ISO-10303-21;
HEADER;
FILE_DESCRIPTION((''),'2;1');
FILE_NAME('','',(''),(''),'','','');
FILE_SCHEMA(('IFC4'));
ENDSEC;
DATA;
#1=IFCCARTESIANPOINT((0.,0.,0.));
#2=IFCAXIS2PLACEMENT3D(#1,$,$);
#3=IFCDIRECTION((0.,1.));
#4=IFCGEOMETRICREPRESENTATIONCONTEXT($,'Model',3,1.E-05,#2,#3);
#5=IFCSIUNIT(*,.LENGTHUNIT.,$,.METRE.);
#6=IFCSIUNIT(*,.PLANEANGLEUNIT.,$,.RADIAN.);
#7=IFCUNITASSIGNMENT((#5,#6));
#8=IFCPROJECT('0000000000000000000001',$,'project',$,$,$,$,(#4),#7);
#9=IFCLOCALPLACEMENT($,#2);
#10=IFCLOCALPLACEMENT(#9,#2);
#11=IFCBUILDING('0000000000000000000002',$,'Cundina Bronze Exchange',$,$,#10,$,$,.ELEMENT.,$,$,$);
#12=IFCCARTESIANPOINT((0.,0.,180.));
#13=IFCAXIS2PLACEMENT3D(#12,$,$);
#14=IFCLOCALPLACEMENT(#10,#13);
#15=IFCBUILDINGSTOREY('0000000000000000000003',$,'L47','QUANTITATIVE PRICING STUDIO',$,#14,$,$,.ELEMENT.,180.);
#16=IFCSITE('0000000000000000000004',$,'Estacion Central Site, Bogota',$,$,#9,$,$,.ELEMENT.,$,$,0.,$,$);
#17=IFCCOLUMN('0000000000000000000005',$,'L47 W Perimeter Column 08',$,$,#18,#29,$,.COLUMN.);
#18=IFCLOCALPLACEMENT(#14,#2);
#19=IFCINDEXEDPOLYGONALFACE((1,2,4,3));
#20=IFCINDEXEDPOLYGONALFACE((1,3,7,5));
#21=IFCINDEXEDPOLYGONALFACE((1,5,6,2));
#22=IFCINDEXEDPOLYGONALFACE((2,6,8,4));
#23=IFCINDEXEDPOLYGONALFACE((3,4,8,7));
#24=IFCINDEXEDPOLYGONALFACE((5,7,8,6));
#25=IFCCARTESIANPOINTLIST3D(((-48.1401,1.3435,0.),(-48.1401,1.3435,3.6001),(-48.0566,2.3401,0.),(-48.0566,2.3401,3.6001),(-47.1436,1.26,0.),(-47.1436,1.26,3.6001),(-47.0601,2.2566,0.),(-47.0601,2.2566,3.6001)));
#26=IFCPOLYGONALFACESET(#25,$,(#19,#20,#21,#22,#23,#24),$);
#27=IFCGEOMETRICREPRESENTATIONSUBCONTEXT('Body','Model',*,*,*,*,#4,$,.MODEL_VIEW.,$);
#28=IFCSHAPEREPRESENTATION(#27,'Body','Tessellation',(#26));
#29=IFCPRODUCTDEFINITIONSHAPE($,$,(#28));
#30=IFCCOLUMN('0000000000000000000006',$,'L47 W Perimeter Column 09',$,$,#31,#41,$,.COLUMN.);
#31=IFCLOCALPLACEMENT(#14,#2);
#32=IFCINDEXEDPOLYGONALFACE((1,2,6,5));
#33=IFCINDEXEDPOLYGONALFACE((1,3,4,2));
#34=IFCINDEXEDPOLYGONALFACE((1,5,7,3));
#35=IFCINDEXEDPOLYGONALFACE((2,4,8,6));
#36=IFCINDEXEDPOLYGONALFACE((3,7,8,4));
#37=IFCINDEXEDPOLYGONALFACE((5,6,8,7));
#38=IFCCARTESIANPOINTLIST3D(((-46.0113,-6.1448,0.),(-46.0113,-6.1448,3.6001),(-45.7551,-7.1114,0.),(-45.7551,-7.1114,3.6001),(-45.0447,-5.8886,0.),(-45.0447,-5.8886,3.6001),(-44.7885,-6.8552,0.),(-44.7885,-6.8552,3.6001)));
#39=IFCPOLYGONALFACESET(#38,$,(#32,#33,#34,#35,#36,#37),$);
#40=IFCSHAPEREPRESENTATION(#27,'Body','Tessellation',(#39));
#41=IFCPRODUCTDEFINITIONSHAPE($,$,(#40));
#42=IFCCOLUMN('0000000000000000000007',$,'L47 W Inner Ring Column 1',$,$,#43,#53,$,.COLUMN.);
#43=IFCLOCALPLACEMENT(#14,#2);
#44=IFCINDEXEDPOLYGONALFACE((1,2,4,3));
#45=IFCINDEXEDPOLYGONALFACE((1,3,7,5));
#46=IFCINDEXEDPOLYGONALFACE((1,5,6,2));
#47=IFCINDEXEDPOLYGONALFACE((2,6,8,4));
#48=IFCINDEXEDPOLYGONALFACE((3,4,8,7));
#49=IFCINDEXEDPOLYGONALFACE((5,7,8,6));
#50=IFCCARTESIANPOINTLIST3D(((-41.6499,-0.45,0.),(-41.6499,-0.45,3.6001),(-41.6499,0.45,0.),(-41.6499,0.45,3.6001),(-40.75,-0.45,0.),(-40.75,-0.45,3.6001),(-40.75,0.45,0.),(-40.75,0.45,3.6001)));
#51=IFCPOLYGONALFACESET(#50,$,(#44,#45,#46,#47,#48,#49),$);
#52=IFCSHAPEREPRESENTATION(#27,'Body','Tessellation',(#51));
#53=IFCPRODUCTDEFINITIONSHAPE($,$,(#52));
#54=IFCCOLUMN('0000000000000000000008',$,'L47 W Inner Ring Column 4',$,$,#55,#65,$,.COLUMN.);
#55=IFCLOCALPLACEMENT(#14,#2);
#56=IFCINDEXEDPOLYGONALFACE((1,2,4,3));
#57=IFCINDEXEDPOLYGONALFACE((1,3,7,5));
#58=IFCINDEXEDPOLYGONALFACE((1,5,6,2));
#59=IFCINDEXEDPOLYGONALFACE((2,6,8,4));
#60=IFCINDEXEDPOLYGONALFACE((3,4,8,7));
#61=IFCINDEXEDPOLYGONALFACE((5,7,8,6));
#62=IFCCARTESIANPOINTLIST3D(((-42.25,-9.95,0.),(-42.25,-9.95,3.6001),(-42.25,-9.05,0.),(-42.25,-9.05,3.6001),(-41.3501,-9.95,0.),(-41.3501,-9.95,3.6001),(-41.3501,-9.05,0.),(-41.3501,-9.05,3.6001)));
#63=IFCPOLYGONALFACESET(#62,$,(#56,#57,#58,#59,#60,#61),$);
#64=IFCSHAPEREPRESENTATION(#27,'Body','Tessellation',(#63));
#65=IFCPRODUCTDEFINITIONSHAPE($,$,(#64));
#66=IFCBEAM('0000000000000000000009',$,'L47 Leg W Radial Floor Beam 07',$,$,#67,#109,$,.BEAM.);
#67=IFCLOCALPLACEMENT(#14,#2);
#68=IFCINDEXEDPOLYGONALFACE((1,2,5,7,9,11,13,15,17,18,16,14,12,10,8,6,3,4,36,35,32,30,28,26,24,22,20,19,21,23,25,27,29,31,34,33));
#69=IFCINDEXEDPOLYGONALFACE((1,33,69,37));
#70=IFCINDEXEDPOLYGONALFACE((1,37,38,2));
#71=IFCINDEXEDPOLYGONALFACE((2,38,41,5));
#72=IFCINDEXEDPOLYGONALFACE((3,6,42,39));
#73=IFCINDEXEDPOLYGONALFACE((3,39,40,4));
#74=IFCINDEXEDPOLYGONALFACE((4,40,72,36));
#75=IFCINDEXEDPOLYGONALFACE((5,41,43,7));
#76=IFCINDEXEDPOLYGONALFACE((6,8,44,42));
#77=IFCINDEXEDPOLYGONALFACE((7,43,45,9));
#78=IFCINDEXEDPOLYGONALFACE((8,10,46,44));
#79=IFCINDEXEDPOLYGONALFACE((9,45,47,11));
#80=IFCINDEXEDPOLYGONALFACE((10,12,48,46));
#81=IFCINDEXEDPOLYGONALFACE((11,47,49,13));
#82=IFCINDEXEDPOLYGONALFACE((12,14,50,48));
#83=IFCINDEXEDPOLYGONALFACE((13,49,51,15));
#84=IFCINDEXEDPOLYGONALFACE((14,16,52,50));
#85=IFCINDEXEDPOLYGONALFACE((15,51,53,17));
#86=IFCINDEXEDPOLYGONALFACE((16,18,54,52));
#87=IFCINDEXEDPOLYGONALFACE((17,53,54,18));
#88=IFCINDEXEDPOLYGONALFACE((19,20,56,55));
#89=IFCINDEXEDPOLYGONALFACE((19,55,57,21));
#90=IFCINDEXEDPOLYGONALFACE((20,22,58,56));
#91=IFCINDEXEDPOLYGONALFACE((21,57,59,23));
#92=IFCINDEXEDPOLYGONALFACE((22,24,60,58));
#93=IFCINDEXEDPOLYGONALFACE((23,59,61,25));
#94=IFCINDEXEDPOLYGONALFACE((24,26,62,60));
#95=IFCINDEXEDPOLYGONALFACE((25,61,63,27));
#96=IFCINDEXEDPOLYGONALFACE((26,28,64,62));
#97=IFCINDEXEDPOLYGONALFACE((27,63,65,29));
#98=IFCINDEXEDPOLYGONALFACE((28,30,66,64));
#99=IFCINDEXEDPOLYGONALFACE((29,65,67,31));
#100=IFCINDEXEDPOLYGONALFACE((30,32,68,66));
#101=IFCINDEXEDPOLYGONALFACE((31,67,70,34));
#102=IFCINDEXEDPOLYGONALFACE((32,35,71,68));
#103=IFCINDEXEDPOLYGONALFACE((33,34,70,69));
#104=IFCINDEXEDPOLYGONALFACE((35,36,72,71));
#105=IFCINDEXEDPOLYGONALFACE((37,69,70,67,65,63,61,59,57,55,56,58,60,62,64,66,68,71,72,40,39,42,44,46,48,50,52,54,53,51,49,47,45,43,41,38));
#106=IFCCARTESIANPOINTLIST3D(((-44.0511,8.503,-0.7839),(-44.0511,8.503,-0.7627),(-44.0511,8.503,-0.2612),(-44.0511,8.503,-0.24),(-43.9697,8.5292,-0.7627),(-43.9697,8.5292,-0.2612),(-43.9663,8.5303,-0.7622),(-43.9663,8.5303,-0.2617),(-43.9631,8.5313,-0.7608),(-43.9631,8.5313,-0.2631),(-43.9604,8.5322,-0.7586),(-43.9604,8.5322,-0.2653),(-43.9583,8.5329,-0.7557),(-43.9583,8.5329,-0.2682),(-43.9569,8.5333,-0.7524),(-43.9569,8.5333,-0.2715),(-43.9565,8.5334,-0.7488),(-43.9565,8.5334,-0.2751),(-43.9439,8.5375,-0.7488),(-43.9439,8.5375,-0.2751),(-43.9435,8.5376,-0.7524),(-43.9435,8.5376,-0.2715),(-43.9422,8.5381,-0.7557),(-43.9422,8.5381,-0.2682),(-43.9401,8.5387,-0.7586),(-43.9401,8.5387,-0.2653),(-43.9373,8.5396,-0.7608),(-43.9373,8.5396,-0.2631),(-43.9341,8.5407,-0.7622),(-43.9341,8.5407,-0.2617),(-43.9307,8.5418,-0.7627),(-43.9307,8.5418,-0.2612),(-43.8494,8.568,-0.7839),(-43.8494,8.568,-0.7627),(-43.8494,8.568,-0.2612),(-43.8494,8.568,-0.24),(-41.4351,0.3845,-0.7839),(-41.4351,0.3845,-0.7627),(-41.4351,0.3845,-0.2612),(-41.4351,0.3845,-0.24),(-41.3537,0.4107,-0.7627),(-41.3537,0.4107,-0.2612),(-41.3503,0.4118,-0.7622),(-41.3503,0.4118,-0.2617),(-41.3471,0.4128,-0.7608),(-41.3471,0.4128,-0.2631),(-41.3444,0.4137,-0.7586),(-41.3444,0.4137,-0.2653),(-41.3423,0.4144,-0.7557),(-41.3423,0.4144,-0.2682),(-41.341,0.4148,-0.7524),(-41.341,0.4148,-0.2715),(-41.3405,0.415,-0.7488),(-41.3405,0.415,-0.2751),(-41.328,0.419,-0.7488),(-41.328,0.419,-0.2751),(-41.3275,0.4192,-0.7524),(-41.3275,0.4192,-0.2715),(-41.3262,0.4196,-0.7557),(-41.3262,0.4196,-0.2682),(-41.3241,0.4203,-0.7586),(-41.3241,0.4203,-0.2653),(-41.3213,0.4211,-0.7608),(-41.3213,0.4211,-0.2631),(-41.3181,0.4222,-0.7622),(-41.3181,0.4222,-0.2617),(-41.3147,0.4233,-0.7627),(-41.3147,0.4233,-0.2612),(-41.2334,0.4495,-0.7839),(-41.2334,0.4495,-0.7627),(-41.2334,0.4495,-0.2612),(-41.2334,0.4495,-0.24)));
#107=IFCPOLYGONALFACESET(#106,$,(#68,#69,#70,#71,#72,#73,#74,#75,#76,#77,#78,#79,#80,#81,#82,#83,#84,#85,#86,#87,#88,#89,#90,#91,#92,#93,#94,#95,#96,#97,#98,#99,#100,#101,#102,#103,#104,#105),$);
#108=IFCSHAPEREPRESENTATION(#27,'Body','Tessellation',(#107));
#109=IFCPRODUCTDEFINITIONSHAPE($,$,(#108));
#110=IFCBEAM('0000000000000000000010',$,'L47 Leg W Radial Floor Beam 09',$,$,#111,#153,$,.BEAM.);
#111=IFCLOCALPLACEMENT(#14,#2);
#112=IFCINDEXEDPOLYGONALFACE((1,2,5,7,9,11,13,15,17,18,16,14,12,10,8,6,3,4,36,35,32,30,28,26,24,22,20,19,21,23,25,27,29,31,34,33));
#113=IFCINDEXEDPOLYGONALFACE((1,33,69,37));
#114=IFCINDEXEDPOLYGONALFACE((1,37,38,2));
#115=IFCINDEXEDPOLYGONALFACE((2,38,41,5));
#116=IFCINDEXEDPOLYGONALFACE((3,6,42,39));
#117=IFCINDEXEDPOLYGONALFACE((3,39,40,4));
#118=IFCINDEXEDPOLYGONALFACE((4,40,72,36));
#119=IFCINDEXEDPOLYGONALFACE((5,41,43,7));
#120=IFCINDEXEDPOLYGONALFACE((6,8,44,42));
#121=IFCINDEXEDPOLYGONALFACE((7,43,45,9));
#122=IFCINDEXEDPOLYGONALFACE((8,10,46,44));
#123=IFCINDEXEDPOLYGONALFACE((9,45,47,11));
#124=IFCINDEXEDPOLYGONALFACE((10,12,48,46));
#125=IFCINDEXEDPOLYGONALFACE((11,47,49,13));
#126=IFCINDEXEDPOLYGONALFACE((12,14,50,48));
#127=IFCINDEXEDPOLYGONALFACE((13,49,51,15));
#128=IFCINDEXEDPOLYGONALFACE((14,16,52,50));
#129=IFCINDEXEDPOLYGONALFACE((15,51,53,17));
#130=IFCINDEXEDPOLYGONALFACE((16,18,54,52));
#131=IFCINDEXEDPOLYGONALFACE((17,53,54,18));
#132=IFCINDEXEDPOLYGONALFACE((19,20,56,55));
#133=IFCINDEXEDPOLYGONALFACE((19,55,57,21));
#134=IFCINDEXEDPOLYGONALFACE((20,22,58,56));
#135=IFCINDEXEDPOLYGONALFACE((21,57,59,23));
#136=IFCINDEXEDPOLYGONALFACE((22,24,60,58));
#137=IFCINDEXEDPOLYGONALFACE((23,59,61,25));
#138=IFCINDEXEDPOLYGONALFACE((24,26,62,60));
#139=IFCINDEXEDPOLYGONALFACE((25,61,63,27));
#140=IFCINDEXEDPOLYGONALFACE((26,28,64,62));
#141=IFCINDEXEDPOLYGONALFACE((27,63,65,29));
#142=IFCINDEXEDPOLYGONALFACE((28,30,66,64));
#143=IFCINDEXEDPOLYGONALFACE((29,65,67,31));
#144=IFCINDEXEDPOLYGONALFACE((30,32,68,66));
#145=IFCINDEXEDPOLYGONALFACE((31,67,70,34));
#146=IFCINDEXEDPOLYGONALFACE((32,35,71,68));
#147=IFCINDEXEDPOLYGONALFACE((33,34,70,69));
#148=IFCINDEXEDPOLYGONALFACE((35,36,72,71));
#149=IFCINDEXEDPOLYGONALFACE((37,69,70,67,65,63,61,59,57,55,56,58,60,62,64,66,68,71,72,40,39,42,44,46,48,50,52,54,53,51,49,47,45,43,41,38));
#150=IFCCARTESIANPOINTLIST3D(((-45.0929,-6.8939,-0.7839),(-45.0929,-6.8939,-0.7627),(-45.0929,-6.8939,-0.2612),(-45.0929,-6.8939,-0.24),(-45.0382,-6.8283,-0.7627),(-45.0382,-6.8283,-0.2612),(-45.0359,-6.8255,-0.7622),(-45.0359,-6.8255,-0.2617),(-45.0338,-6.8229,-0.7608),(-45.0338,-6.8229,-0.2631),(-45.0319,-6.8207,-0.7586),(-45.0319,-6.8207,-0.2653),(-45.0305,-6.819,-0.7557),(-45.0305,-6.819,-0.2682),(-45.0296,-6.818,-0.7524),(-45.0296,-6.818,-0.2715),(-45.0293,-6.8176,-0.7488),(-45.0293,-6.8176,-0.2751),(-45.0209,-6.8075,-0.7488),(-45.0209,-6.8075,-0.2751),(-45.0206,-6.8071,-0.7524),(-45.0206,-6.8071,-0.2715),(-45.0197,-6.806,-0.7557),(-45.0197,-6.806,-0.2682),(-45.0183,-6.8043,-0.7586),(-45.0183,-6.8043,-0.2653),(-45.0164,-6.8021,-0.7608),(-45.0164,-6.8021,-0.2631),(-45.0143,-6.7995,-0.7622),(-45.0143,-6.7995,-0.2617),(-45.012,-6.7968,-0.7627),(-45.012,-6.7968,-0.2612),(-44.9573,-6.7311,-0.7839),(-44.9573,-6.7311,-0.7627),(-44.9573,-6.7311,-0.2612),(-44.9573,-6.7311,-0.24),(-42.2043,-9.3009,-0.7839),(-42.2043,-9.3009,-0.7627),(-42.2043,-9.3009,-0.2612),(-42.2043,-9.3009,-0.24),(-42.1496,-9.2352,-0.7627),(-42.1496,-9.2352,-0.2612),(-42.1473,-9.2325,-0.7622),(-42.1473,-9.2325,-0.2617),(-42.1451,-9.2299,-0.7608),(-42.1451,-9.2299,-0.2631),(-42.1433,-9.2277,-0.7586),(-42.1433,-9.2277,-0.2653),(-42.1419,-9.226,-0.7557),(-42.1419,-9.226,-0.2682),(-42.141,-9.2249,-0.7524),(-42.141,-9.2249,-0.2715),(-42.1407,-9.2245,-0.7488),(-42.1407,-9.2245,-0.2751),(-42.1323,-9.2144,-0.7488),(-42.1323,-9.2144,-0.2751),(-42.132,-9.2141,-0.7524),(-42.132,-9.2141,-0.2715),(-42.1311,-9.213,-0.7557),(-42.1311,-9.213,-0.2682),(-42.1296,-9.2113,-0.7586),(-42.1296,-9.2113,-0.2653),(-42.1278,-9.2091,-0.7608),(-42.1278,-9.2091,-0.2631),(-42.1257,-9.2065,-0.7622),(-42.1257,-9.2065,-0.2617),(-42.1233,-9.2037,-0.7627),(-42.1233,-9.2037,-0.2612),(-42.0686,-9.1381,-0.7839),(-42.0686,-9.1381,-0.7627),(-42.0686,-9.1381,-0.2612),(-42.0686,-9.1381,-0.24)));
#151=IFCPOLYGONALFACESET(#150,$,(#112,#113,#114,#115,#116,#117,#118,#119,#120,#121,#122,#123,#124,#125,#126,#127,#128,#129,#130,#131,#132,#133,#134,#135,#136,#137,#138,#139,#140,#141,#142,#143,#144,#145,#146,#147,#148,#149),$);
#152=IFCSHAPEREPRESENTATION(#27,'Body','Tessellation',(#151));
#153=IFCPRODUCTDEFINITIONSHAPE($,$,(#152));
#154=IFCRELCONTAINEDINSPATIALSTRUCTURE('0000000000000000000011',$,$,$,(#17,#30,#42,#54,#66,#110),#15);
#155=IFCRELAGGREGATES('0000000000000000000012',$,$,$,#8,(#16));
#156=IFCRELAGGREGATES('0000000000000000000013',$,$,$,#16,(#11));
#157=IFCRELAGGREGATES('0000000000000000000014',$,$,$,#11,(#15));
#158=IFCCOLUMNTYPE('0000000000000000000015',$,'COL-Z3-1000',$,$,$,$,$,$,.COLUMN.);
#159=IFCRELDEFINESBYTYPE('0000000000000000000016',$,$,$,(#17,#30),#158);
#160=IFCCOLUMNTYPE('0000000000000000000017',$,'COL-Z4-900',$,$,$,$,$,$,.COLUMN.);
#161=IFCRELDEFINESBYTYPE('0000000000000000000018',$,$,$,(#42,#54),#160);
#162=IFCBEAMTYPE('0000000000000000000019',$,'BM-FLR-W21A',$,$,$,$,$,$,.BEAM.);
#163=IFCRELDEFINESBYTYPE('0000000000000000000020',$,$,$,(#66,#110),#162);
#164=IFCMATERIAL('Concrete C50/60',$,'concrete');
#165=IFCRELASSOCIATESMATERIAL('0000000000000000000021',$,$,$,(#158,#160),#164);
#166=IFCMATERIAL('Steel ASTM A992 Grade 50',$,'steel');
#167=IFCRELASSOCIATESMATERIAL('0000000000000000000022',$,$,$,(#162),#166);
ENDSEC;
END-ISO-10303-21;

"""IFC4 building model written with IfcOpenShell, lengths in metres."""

from ifc_helpers import new_model, si_unit, direction, frame, origin, origin_2d, place, context, subcontext, project, spatial, rectangle, i_section, extrude, material, material_profile, profile_set, type_object, element, save


model = new_model("IFC4")

# Units and contexts
model_context = context("Model", 3, precision=1e-05, world=origin(), true_north=direction((0.0, 1.0)))
body_context = subcontext(model_context, "Body", "Model", "MODEL_VIEW")
ifc_project = project(units=[si_unit("LENGTHUNIT", "METRE"), si_unit("PLANEANGLEUNIT", "RADIAN")], contexts=[model_context])

# Site, building, storey
site_placement = place(None, origin())
site = spatial("IfcSite", under=ifc_project, at=site_placement, Name="Estacion Central Site, Bogota", CompositionType="ELEMENT", RefElevation=0.0)
building_placement = place(site_placement, origin())
building = spatial("IfcBuilding", under=site, at=building_placement, Name="Cundina Bronze Exchange", CompositionType="ELEMENT")
storey_placement = place(building_placement, frame((0.0, 0.0, 180.0)))
storey = spatial("IfcBuildingStorey", under=building, at=storey_placement, Name="L47", Description="QUANTITATIVE PRICING STUDIO", CompositionType="ELEMENT", Elevation=180.0)

# Columns
ifc_material_1 = material(Name="Concrete C50/60", Category="concrete")
ifc_material_profile_1 = material_profile(ifc_material_1, rectangle(XDim=1.0, YDim=1.0, at=origin_2d()), Name="RC1000X1000", Category="concrete")
ifc_profile_set_1 = profile_set([ifc_material_profile_1], Name="Concrete C50/60")
column_type_1 = type_object("IfcColumnType", Name="COL-Z3-1000", PredefinedType="COLUMN", material=ifc_profile_set_1)
for number, where, z_axis, x_axis, name in (
    (1, (-47.6001, 1.8, 0.0), (0.0, 0.0, 1.0), (-0.083504, -0.996507, 0.0), "L47 W Perimeter Column 08"),
    (2, (-45.3999, -6.5, 0.0), (0.0, 0.0, 1.0), (0.256289, -0.9666, 0.0), "L47 W Perimeter Column 09"),
):
    element("IfcColumn", number, at=place(storey_placement, frame(where, z_axis=z_axis, x_axis=x_axis)), inside=storey, type_object=column_type_1, Name=name, PredefinedType="COLUMN", context=body_context, shape_type="SweptSolid", body=[
        extrude(rectangle(XDim=1.0, YDim=1.0, at=origin_2d()), origin(), (0.0, 0.0, 1.0), 3.6001),
    ])
ifc_material_profile_2 = material_profile(ifc_material_1, rectangle(XDim=0.8999, YDim=0.8999, at=origin_2d()), Name="RC900X900", Category="concrete")
ifc_profile_set_2 = profile_set([ifc_material_profile_2], Name="Concrete C50/60")
column_type_2 = type_object("IfcColumnType", Name="COL-Z4-900", PredefinedType="COLUMN", material=ifc_profile_set_2)
for number, where, z_axis, x_axis, name in (
    (3, (-41.2, 0.0, 0.0), (0.0, 0.0, 1.0), (1.0, 0.0, 0.0), "L47 W Inner Ring Column 1"),
    (4, (-41.8, -9.5, 0.0), (0.0, 0.0, 1.0), (1.0, 0.0, 0.0), "L47 W Inner Ring Column 4"),
):
    element("IfcColumn", number, at=place(storey_placement, frame(where, z_axis=z_axis, x_axis=x_axis)), inside=storey, type_object=column_type_2, Name=name, PredefinedType="COLUMN", context=body_context, shape_type="SweptSolid", body=[
        extrude(rectangle(XDim=0.8999, YDim=0.8999, at=origin_2d()), origin(), (0.0, 0.0, 1.0), 3.6001),
    ])

# Beams
ifc_material_2 = material(Name="Steel ASTM A992 Grade 50", Category="steel")
ifc_material_profile_3 = material_profile(ifc_material_2, i_section(OverallWidth=0.2119, OverallDepth=0.5439, WebThickness=0.0132, FlangeThickness=0.0212, FilletRadius=0.0139, at=origin_2d()), Name="W21X83", Category="steel")
ifc_profile_set_3 = profile_set([ifc_material_profile_3], Name="Steel ASTM A992 Grade 50")
beam_type_1 = type_object("IfcBeamType", Name="BM-FLR-W21A", PredefinedType="BEAM", material=ifc_profile_set_3)
beam_1_placement = place(storey_placement, frame((-41.3342, 0.417, -0.512), z_axis=(-0.306698, 0.951807, 0.0), x_axis=(-0.951807, -0.306698, 0.0)))
element("IfcBeam", 5, at=beam_1_placement, inside=storey, type_object=beam_type_1, Name="L47 Leg W Radial Floor Beam 07", PredefinedType="BEAM", context=body_context, shape_type="SweptSolid", body=[
    extrude(i_section(OverallWidth=0.2119, OverallDepth=0.5439, WebThickness=0.0132, FlangeThickness=0.0212, FilletRadius=0.0139, at=origin_2d()), origin(), (0.0, 0.0, 1.0), 8.5295),
])
beam_2_placement = place(storey_placement, frame((-42.1365, -9.2195, -0.512), z_axis=(-0.768253, 0.640146, 0.0), x_axis=(-0.640146, -0.768253, 0.0)))
element("IfcBeam", 6, at=beam_2_placement, inside=storey, type_object=beam_type_1, Name="L47 Leg W Radial Floor Beam 09", PredefinedType="BEAM", context=body_context, shape_type="SweptSolid", body=[
    extrude(i_section(OverallWidth=0.2119, OverallDepth=0.5439, WebThickness=0.0132, FlangeThickness=0.0212, FilletRadius=0.0139, at=origin_2d()), origin(), (0.0, 0.0, 1.0), 3.76),
])

save(model, "model.ifc")
